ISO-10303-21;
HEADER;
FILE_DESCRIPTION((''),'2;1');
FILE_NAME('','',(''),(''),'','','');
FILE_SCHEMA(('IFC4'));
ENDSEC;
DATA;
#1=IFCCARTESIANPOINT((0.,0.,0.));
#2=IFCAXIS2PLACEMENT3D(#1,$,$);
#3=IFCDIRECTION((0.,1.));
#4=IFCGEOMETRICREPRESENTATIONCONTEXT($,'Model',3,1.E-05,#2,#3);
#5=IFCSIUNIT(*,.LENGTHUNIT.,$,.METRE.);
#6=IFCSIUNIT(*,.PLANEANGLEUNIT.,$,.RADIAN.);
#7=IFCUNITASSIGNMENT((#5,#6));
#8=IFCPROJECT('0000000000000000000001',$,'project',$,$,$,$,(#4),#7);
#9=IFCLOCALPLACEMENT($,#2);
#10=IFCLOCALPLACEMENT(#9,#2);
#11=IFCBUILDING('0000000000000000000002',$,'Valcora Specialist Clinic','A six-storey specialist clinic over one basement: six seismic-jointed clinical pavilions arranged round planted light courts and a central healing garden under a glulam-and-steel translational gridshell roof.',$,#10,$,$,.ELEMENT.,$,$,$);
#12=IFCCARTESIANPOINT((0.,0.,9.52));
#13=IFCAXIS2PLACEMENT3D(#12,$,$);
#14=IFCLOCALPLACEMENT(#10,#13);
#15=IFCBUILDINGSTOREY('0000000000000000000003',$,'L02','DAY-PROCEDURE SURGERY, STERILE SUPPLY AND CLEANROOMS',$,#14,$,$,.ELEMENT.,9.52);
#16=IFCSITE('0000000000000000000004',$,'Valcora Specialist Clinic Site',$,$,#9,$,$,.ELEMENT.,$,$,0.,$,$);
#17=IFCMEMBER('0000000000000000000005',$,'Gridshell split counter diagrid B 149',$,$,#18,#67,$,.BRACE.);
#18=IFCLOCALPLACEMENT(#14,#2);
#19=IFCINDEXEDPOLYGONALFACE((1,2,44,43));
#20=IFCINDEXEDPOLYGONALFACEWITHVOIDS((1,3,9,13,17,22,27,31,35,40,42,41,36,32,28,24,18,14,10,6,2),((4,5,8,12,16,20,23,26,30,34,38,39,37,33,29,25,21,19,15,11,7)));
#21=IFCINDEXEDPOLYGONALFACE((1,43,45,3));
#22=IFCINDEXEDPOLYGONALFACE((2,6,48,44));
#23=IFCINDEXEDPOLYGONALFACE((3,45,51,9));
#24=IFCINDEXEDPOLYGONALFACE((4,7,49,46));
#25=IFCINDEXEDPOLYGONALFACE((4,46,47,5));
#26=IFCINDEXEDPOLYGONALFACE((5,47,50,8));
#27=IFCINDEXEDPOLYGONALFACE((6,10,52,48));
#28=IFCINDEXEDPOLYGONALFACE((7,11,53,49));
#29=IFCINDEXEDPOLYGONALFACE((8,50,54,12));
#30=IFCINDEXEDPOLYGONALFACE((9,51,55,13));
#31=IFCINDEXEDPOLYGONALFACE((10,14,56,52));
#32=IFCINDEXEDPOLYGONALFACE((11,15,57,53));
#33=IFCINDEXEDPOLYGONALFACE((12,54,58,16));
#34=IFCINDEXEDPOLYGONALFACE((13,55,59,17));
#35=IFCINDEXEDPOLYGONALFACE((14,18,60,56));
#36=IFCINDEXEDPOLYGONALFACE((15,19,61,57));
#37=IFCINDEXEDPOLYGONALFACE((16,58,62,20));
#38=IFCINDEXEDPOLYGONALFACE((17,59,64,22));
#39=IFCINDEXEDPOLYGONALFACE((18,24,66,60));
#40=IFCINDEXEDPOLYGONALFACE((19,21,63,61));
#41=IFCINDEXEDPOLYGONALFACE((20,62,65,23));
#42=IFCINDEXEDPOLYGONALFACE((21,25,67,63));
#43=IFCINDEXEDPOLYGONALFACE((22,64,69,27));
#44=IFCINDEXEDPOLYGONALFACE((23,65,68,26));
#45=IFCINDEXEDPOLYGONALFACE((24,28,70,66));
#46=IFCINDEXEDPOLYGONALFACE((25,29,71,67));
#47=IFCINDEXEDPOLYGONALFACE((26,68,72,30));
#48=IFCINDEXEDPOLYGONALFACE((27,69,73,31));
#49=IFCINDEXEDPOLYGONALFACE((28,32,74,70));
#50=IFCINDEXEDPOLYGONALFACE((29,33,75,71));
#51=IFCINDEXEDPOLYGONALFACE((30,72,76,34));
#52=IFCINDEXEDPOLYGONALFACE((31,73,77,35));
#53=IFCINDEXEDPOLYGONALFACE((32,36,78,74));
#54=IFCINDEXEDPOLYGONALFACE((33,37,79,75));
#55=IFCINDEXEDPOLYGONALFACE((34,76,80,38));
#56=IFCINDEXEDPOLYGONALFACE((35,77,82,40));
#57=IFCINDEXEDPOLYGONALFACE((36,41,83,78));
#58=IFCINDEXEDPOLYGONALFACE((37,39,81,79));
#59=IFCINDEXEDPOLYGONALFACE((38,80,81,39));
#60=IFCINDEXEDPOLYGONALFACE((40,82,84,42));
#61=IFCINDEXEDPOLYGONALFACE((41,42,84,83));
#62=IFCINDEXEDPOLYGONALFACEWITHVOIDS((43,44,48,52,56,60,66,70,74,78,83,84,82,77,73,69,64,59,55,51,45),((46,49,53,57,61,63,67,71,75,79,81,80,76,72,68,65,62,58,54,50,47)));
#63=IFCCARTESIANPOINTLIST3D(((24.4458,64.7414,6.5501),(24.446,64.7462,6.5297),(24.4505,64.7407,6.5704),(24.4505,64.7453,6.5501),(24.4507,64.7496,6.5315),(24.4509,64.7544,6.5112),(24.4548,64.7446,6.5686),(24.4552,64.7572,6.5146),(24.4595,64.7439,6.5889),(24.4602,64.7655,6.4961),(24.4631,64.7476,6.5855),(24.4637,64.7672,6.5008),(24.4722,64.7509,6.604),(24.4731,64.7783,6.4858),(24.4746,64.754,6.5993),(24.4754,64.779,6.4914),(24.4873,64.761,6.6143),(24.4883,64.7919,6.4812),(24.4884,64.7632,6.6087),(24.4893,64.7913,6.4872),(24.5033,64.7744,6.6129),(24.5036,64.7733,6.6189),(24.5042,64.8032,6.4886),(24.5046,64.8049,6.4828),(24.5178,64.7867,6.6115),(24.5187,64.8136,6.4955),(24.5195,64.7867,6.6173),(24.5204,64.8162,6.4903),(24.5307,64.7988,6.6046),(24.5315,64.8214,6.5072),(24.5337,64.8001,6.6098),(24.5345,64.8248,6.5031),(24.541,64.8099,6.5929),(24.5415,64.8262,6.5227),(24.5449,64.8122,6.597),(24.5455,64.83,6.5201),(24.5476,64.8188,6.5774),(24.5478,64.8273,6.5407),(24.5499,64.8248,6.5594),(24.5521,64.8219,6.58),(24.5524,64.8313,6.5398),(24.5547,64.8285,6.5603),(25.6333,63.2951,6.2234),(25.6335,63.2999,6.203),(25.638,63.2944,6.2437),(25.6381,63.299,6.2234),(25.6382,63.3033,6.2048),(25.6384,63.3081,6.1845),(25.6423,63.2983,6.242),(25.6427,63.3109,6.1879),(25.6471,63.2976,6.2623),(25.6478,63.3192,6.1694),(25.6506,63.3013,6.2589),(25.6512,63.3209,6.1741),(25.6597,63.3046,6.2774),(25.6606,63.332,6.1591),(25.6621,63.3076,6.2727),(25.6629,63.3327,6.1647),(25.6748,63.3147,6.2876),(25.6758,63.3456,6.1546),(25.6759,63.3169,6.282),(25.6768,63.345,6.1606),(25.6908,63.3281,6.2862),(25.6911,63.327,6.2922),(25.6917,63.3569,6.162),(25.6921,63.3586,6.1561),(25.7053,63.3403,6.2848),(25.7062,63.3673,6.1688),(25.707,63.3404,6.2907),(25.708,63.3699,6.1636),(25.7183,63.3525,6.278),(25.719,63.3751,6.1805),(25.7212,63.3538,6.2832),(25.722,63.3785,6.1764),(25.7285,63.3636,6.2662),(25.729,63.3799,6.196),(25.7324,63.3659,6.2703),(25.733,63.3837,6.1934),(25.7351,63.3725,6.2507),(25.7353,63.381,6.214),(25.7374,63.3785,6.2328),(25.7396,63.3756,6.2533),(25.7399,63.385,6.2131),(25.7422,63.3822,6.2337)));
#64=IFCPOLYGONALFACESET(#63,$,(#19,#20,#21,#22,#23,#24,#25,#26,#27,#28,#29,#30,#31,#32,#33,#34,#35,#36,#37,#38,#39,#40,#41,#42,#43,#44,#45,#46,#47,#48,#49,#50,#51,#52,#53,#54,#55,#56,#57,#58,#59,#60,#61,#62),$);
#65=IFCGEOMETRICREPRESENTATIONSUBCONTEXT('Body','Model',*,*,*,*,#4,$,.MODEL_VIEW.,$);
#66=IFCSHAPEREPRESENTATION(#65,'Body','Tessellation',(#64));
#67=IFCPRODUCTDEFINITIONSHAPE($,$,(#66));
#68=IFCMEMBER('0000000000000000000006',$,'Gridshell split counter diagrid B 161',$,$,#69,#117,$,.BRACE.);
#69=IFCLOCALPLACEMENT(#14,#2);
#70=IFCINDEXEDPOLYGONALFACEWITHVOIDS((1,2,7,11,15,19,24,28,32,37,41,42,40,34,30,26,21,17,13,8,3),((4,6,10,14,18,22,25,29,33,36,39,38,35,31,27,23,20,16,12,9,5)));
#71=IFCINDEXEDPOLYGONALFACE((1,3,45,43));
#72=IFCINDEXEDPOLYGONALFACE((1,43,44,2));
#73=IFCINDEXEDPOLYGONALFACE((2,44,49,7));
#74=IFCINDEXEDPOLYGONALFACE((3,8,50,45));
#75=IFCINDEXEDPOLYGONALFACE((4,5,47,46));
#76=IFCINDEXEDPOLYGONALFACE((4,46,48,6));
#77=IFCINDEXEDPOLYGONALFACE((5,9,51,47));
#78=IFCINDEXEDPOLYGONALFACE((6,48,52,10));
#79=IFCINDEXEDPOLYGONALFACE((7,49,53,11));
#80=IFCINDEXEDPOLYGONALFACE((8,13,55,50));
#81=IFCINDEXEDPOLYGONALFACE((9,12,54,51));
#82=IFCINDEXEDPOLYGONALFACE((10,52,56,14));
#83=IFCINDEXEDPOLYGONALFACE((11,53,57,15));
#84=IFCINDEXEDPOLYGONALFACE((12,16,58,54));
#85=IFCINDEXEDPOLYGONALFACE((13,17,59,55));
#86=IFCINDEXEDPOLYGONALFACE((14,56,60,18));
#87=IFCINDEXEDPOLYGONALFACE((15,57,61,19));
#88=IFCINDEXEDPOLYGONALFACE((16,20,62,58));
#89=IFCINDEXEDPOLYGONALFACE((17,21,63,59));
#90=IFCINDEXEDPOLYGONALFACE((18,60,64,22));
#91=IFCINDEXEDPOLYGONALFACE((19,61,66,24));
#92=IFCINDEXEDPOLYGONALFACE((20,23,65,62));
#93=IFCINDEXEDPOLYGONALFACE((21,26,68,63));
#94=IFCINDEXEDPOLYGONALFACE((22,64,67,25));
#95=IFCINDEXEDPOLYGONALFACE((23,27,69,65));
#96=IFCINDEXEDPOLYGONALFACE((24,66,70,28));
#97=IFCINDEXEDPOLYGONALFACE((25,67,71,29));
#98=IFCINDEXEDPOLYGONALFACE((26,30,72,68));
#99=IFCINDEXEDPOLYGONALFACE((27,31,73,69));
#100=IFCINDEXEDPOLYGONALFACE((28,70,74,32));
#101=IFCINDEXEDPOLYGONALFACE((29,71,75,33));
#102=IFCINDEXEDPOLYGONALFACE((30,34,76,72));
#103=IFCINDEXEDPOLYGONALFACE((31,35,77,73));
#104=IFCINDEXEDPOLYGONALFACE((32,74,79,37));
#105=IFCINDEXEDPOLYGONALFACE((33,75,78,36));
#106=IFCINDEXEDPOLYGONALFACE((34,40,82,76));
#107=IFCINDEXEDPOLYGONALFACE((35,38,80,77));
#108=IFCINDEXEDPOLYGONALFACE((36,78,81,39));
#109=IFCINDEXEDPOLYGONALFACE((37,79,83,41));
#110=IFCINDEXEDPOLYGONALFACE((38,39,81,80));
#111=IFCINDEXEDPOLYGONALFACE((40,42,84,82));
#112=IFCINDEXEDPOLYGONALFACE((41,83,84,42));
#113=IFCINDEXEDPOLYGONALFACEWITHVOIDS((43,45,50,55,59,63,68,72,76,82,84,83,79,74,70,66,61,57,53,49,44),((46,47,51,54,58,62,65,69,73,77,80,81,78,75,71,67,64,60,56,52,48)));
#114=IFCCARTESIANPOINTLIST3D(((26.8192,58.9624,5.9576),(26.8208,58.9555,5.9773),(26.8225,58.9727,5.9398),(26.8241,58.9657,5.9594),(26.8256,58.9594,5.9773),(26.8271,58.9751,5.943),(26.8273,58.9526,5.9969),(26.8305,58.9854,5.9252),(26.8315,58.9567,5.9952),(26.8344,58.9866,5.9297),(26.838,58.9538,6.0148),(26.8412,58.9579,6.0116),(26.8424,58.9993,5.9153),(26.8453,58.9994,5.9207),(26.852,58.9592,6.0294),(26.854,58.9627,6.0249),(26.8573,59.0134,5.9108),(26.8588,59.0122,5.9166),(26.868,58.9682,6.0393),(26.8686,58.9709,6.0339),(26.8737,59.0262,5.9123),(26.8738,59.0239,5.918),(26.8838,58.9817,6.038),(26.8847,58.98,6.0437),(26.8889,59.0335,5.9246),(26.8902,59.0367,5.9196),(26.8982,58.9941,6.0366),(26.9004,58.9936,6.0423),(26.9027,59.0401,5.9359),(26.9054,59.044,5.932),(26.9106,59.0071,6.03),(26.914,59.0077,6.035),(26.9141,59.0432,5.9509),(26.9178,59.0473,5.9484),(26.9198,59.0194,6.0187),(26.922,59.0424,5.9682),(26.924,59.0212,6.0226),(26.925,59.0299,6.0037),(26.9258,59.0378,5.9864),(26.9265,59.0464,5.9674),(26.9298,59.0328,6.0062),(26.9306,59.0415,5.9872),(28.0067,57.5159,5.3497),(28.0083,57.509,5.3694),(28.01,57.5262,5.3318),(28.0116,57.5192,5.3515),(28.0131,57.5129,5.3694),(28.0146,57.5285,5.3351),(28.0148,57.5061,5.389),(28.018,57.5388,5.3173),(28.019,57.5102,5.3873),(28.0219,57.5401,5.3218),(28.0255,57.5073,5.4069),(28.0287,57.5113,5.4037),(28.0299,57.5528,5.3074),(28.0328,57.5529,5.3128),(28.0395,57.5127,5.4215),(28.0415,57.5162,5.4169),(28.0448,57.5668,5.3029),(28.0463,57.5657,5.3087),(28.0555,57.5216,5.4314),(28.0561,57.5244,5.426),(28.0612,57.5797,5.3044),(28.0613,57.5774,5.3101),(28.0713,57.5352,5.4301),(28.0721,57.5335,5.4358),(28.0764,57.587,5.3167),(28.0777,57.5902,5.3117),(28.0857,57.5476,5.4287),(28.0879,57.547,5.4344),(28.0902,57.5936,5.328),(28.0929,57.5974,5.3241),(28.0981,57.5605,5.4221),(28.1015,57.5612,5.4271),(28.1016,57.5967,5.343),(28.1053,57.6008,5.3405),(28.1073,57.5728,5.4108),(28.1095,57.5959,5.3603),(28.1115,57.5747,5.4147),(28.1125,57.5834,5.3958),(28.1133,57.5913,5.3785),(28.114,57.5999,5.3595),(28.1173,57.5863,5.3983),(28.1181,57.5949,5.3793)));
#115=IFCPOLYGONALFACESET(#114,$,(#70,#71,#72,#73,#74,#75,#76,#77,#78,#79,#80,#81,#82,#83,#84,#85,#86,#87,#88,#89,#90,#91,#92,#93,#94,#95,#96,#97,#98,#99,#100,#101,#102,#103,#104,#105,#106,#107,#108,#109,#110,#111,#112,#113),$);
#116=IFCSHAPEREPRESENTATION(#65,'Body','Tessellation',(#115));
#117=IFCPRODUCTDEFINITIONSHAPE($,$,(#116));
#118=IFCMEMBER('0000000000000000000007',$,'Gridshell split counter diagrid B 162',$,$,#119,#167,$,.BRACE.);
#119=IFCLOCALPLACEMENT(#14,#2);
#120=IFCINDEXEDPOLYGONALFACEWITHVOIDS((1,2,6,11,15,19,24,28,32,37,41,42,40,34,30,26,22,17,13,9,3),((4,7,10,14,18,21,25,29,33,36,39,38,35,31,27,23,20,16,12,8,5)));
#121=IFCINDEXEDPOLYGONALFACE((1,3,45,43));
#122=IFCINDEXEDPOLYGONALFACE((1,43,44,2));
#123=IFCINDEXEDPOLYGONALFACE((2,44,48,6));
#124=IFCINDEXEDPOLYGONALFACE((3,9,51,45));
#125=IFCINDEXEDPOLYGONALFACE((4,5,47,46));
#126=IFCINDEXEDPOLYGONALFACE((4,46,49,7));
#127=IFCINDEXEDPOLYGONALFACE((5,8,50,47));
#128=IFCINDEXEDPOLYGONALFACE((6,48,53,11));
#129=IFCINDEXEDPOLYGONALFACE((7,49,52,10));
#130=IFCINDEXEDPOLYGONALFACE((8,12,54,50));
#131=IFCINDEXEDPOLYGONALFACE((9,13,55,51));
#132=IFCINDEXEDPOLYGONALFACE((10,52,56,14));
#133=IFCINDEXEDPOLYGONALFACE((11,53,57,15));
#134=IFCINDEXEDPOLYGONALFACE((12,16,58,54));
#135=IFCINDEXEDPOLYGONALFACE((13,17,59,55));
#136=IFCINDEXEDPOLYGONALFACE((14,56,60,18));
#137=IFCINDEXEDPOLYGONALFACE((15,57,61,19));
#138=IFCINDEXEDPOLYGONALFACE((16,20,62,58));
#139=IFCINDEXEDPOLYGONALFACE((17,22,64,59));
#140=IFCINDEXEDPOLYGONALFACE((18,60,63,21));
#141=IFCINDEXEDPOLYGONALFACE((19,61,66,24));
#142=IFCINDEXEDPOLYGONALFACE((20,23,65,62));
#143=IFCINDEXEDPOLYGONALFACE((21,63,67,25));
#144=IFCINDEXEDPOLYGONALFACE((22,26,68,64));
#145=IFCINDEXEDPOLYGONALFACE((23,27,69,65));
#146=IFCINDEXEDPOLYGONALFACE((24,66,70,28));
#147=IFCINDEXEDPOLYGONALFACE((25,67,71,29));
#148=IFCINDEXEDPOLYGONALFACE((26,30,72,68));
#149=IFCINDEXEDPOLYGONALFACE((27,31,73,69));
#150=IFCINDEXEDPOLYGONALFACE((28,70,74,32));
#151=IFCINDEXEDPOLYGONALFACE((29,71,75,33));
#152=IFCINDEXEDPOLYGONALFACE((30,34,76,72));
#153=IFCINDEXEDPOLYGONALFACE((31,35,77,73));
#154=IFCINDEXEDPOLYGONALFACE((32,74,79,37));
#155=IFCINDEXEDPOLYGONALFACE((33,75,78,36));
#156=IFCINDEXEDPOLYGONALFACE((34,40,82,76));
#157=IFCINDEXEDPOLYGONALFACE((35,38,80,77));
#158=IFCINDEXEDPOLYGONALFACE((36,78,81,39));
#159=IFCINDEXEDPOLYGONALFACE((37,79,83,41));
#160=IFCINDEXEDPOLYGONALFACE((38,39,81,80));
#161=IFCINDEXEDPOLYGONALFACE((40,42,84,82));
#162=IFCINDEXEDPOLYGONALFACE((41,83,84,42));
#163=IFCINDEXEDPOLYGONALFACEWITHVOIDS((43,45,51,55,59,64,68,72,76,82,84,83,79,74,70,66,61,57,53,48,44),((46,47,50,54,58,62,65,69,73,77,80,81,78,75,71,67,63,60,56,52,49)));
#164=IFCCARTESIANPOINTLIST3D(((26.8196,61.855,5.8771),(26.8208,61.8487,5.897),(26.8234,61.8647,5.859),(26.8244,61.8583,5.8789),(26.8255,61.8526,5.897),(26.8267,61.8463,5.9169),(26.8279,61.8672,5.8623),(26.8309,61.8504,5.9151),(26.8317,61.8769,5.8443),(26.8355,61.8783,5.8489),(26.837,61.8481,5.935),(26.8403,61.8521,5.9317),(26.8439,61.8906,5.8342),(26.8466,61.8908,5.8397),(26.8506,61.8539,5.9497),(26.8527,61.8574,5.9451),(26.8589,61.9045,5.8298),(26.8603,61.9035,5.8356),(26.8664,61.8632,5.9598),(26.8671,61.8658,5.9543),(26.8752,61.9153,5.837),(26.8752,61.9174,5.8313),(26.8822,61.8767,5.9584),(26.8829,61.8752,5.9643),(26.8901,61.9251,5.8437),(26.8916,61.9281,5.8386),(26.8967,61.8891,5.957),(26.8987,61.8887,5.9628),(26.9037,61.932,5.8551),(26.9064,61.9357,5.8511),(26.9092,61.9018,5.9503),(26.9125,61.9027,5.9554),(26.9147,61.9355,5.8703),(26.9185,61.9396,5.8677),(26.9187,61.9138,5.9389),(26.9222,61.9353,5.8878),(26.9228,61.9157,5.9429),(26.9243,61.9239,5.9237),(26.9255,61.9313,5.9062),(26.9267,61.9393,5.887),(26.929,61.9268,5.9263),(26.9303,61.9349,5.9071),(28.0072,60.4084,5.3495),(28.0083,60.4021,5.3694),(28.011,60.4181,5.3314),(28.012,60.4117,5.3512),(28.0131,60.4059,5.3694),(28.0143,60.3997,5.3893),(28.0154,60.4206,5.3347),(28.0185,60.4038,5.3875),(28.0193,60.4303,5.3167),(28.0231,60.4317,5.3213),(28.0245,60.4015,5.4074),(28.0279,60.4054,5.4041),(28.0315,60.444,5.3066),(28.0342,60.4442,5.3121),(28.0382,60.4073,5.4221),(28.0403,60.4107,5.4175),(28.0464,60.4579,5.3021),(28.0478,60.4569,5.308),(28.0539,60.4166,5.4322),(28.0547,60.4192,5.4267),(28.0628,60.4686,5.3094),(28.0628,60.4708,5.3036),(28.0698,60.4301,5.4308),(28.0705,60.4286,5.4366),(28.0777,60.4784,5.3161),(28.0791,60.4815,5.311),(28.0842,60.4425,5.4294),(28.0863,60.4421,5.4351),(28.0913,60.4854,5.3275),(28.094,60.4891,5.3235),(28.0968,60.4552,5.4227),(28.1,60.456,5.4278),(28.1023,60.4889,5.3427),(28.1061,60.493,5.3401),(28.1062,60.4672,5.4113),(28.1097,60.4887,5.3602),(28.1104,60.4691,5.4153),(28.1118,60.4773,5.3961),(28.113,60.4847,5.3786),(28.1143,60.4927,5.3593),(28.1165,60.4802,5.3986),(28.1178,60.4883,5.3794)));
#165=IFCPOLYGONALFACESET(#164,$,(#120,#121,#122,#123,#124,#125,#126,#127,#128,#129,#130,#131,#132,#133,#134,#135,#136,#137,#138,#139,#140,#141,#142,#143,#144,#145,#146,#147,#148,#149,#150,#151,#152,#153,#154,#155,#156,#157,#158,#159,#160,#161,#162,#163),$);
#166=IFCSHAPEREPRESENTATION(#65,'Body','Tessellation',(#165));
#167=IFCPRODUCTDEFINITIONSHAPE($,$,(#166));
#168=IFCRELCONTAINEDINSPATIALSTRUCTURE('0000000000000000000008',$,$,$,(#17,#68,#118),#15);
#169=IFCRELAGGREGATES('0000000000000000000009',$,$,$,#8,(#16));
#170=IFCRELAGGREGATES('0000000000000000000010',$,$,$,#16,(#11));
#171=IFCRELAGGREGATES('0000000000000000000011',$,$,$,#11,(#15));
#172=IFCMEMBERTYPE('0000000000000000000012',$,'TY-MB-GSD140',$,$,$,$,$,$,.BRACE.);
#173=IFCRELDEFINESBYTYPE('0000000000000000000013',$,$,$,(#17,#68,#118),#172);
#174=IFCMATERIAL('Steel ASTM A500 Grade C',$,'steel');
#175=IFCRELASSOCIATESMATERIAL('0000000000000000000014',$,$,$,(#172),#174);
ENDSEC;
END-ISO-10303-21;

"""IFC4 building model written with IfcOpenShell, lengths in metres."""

from ifc_helpers import new_model, si_unit, direction, frame, origin, origin_2d, place, context, subcontext, project, spatial, hollow_circle, extrude, material, material_profile, profile_set, type_object, element, save


model = new_model("IFC4")

# Units and contexts
model_context = context("Model", 3, precision=1e-05, world=origin(), true_north=direction((0.0, 1.0)))
body_context = subcontext(model_context, "Body", "Model", "MODEL_VIEW")
ifc_project = project(units=[si_unit("LENGTHUNIT", "METRE"), si_unit("PLANEANGLEUNIT", "RADIAN")], contexts=[model_context])

# Site, building, storey
site_placement = place(None, origin())
site = spatial("IfcSite", under=ifc_project, at=site_placement, Name="Valcora Specialist Clinic Site", CompositionType="ELEMENT", RefElevation=0.0)
building_placement = place(site_placement, origin())
building = spatial("IfcBuilding", under=site, at=building_placement, Name="Valcora Specialist Clinic", Description="A six-storey specialist clinic over one basement: six seismic-jointed clinical pavilions arranged round planted light courts and a central healing garden under a glulam-and-steel translational gridshell roof.", CompositionType="ELEMENT")
storey_placement = place(building_placement, frame((0.0, 0.0, 9.52)))
storey = spatial("IfcBuildingStorey", under=building, at=storey_placement, Name="L02", Description="DAY-PROCEDURE SURGERY, STERILE SUPPLY AND CLEANROOMS", CompositionType="ELEMENT", Elevation=9.52)

# Members
ifc_material_1 = material(Name="Steel ASTM A500 Grade C", Category="steel")
ifc_material_profile_1 = material_profile(ifc_material_1, hollow_circle(Radius=0.0701, WallThickness=0.0061, at=origin_2d()), Name="ST-CHS-140X6")
ifc_profile_set_1 = profile_set([ifc_material_profile_1], Name="Steel ASTM A500 Grade C")
member_type_1 = type_object("IfcMemberType", Name="TY-MB-GSD140", PredefinedType="BRACE", material=ifc_profile_set_1)
member_1_placement = place(storey_placement, frame((25.6875, 63.3396, 6.2234), z_axis=(-0.62512, 0.761351, 0.171959), x_axis=(-0.772863, -0.634572, 0.0)))
element("IfcMember", 1, at=member_1_placement, inside=storey, type_object=member_type_1, Name="Gridshell split counter diagrid B 149", PredefinedType="BRACE", context=body_context, shape_type="SweptSolid", body=[
    extrude(hollow_circle(Radius=0.0701, WallThickness=0.0061, at=origin_2d()), origin(), (0.0, 0.0, 1.0), 1.8997),
])
member_2_placement = place(storey_placement, frame((28.0625, 57.5535, 5.3694), z_axis=(-0.603471, 0.735108, 0.308932), x_axis=(-0.772916, -0.634508, 0.0)))
element("IfcMember", 2, at=member_2_placement, inside=storey, type_object=member_type_1, Name="Gridshell split counter diagrid B 161", PredefinedType="BRACE", context=body_context, shape_type="SweptSolid", body=[
    extrude(hollow_circle(Radius=0.0701, WallThickness=0.0061, at=origin_2d()), origin(), (0.0, 0.0, 1.0), 1.9678),
])
member_3_placement = place(storey_placement, frame((28.0625, 60.4465, 5.3694), z_axis=(-0.610706, 0.743922, 0.271327), x_axis=(-0.772916, -0.634508, 0.0)))
element("IfcMember", 3, at=member_3_placement, inside=storey, type_object=member_type_1, Name="Gridshell split counter diagrid B 162", PredefinedType="BRACE", context=body_context, shape_type="SweptSolid", body=[
    extrude(hollow_circle(Radius=0.0701, WallThickness=0.0061, at=origin_2d()), origin(), (0.0, 0.0, 1.0), 1.9446),
])

save(model, "model.ifc")
